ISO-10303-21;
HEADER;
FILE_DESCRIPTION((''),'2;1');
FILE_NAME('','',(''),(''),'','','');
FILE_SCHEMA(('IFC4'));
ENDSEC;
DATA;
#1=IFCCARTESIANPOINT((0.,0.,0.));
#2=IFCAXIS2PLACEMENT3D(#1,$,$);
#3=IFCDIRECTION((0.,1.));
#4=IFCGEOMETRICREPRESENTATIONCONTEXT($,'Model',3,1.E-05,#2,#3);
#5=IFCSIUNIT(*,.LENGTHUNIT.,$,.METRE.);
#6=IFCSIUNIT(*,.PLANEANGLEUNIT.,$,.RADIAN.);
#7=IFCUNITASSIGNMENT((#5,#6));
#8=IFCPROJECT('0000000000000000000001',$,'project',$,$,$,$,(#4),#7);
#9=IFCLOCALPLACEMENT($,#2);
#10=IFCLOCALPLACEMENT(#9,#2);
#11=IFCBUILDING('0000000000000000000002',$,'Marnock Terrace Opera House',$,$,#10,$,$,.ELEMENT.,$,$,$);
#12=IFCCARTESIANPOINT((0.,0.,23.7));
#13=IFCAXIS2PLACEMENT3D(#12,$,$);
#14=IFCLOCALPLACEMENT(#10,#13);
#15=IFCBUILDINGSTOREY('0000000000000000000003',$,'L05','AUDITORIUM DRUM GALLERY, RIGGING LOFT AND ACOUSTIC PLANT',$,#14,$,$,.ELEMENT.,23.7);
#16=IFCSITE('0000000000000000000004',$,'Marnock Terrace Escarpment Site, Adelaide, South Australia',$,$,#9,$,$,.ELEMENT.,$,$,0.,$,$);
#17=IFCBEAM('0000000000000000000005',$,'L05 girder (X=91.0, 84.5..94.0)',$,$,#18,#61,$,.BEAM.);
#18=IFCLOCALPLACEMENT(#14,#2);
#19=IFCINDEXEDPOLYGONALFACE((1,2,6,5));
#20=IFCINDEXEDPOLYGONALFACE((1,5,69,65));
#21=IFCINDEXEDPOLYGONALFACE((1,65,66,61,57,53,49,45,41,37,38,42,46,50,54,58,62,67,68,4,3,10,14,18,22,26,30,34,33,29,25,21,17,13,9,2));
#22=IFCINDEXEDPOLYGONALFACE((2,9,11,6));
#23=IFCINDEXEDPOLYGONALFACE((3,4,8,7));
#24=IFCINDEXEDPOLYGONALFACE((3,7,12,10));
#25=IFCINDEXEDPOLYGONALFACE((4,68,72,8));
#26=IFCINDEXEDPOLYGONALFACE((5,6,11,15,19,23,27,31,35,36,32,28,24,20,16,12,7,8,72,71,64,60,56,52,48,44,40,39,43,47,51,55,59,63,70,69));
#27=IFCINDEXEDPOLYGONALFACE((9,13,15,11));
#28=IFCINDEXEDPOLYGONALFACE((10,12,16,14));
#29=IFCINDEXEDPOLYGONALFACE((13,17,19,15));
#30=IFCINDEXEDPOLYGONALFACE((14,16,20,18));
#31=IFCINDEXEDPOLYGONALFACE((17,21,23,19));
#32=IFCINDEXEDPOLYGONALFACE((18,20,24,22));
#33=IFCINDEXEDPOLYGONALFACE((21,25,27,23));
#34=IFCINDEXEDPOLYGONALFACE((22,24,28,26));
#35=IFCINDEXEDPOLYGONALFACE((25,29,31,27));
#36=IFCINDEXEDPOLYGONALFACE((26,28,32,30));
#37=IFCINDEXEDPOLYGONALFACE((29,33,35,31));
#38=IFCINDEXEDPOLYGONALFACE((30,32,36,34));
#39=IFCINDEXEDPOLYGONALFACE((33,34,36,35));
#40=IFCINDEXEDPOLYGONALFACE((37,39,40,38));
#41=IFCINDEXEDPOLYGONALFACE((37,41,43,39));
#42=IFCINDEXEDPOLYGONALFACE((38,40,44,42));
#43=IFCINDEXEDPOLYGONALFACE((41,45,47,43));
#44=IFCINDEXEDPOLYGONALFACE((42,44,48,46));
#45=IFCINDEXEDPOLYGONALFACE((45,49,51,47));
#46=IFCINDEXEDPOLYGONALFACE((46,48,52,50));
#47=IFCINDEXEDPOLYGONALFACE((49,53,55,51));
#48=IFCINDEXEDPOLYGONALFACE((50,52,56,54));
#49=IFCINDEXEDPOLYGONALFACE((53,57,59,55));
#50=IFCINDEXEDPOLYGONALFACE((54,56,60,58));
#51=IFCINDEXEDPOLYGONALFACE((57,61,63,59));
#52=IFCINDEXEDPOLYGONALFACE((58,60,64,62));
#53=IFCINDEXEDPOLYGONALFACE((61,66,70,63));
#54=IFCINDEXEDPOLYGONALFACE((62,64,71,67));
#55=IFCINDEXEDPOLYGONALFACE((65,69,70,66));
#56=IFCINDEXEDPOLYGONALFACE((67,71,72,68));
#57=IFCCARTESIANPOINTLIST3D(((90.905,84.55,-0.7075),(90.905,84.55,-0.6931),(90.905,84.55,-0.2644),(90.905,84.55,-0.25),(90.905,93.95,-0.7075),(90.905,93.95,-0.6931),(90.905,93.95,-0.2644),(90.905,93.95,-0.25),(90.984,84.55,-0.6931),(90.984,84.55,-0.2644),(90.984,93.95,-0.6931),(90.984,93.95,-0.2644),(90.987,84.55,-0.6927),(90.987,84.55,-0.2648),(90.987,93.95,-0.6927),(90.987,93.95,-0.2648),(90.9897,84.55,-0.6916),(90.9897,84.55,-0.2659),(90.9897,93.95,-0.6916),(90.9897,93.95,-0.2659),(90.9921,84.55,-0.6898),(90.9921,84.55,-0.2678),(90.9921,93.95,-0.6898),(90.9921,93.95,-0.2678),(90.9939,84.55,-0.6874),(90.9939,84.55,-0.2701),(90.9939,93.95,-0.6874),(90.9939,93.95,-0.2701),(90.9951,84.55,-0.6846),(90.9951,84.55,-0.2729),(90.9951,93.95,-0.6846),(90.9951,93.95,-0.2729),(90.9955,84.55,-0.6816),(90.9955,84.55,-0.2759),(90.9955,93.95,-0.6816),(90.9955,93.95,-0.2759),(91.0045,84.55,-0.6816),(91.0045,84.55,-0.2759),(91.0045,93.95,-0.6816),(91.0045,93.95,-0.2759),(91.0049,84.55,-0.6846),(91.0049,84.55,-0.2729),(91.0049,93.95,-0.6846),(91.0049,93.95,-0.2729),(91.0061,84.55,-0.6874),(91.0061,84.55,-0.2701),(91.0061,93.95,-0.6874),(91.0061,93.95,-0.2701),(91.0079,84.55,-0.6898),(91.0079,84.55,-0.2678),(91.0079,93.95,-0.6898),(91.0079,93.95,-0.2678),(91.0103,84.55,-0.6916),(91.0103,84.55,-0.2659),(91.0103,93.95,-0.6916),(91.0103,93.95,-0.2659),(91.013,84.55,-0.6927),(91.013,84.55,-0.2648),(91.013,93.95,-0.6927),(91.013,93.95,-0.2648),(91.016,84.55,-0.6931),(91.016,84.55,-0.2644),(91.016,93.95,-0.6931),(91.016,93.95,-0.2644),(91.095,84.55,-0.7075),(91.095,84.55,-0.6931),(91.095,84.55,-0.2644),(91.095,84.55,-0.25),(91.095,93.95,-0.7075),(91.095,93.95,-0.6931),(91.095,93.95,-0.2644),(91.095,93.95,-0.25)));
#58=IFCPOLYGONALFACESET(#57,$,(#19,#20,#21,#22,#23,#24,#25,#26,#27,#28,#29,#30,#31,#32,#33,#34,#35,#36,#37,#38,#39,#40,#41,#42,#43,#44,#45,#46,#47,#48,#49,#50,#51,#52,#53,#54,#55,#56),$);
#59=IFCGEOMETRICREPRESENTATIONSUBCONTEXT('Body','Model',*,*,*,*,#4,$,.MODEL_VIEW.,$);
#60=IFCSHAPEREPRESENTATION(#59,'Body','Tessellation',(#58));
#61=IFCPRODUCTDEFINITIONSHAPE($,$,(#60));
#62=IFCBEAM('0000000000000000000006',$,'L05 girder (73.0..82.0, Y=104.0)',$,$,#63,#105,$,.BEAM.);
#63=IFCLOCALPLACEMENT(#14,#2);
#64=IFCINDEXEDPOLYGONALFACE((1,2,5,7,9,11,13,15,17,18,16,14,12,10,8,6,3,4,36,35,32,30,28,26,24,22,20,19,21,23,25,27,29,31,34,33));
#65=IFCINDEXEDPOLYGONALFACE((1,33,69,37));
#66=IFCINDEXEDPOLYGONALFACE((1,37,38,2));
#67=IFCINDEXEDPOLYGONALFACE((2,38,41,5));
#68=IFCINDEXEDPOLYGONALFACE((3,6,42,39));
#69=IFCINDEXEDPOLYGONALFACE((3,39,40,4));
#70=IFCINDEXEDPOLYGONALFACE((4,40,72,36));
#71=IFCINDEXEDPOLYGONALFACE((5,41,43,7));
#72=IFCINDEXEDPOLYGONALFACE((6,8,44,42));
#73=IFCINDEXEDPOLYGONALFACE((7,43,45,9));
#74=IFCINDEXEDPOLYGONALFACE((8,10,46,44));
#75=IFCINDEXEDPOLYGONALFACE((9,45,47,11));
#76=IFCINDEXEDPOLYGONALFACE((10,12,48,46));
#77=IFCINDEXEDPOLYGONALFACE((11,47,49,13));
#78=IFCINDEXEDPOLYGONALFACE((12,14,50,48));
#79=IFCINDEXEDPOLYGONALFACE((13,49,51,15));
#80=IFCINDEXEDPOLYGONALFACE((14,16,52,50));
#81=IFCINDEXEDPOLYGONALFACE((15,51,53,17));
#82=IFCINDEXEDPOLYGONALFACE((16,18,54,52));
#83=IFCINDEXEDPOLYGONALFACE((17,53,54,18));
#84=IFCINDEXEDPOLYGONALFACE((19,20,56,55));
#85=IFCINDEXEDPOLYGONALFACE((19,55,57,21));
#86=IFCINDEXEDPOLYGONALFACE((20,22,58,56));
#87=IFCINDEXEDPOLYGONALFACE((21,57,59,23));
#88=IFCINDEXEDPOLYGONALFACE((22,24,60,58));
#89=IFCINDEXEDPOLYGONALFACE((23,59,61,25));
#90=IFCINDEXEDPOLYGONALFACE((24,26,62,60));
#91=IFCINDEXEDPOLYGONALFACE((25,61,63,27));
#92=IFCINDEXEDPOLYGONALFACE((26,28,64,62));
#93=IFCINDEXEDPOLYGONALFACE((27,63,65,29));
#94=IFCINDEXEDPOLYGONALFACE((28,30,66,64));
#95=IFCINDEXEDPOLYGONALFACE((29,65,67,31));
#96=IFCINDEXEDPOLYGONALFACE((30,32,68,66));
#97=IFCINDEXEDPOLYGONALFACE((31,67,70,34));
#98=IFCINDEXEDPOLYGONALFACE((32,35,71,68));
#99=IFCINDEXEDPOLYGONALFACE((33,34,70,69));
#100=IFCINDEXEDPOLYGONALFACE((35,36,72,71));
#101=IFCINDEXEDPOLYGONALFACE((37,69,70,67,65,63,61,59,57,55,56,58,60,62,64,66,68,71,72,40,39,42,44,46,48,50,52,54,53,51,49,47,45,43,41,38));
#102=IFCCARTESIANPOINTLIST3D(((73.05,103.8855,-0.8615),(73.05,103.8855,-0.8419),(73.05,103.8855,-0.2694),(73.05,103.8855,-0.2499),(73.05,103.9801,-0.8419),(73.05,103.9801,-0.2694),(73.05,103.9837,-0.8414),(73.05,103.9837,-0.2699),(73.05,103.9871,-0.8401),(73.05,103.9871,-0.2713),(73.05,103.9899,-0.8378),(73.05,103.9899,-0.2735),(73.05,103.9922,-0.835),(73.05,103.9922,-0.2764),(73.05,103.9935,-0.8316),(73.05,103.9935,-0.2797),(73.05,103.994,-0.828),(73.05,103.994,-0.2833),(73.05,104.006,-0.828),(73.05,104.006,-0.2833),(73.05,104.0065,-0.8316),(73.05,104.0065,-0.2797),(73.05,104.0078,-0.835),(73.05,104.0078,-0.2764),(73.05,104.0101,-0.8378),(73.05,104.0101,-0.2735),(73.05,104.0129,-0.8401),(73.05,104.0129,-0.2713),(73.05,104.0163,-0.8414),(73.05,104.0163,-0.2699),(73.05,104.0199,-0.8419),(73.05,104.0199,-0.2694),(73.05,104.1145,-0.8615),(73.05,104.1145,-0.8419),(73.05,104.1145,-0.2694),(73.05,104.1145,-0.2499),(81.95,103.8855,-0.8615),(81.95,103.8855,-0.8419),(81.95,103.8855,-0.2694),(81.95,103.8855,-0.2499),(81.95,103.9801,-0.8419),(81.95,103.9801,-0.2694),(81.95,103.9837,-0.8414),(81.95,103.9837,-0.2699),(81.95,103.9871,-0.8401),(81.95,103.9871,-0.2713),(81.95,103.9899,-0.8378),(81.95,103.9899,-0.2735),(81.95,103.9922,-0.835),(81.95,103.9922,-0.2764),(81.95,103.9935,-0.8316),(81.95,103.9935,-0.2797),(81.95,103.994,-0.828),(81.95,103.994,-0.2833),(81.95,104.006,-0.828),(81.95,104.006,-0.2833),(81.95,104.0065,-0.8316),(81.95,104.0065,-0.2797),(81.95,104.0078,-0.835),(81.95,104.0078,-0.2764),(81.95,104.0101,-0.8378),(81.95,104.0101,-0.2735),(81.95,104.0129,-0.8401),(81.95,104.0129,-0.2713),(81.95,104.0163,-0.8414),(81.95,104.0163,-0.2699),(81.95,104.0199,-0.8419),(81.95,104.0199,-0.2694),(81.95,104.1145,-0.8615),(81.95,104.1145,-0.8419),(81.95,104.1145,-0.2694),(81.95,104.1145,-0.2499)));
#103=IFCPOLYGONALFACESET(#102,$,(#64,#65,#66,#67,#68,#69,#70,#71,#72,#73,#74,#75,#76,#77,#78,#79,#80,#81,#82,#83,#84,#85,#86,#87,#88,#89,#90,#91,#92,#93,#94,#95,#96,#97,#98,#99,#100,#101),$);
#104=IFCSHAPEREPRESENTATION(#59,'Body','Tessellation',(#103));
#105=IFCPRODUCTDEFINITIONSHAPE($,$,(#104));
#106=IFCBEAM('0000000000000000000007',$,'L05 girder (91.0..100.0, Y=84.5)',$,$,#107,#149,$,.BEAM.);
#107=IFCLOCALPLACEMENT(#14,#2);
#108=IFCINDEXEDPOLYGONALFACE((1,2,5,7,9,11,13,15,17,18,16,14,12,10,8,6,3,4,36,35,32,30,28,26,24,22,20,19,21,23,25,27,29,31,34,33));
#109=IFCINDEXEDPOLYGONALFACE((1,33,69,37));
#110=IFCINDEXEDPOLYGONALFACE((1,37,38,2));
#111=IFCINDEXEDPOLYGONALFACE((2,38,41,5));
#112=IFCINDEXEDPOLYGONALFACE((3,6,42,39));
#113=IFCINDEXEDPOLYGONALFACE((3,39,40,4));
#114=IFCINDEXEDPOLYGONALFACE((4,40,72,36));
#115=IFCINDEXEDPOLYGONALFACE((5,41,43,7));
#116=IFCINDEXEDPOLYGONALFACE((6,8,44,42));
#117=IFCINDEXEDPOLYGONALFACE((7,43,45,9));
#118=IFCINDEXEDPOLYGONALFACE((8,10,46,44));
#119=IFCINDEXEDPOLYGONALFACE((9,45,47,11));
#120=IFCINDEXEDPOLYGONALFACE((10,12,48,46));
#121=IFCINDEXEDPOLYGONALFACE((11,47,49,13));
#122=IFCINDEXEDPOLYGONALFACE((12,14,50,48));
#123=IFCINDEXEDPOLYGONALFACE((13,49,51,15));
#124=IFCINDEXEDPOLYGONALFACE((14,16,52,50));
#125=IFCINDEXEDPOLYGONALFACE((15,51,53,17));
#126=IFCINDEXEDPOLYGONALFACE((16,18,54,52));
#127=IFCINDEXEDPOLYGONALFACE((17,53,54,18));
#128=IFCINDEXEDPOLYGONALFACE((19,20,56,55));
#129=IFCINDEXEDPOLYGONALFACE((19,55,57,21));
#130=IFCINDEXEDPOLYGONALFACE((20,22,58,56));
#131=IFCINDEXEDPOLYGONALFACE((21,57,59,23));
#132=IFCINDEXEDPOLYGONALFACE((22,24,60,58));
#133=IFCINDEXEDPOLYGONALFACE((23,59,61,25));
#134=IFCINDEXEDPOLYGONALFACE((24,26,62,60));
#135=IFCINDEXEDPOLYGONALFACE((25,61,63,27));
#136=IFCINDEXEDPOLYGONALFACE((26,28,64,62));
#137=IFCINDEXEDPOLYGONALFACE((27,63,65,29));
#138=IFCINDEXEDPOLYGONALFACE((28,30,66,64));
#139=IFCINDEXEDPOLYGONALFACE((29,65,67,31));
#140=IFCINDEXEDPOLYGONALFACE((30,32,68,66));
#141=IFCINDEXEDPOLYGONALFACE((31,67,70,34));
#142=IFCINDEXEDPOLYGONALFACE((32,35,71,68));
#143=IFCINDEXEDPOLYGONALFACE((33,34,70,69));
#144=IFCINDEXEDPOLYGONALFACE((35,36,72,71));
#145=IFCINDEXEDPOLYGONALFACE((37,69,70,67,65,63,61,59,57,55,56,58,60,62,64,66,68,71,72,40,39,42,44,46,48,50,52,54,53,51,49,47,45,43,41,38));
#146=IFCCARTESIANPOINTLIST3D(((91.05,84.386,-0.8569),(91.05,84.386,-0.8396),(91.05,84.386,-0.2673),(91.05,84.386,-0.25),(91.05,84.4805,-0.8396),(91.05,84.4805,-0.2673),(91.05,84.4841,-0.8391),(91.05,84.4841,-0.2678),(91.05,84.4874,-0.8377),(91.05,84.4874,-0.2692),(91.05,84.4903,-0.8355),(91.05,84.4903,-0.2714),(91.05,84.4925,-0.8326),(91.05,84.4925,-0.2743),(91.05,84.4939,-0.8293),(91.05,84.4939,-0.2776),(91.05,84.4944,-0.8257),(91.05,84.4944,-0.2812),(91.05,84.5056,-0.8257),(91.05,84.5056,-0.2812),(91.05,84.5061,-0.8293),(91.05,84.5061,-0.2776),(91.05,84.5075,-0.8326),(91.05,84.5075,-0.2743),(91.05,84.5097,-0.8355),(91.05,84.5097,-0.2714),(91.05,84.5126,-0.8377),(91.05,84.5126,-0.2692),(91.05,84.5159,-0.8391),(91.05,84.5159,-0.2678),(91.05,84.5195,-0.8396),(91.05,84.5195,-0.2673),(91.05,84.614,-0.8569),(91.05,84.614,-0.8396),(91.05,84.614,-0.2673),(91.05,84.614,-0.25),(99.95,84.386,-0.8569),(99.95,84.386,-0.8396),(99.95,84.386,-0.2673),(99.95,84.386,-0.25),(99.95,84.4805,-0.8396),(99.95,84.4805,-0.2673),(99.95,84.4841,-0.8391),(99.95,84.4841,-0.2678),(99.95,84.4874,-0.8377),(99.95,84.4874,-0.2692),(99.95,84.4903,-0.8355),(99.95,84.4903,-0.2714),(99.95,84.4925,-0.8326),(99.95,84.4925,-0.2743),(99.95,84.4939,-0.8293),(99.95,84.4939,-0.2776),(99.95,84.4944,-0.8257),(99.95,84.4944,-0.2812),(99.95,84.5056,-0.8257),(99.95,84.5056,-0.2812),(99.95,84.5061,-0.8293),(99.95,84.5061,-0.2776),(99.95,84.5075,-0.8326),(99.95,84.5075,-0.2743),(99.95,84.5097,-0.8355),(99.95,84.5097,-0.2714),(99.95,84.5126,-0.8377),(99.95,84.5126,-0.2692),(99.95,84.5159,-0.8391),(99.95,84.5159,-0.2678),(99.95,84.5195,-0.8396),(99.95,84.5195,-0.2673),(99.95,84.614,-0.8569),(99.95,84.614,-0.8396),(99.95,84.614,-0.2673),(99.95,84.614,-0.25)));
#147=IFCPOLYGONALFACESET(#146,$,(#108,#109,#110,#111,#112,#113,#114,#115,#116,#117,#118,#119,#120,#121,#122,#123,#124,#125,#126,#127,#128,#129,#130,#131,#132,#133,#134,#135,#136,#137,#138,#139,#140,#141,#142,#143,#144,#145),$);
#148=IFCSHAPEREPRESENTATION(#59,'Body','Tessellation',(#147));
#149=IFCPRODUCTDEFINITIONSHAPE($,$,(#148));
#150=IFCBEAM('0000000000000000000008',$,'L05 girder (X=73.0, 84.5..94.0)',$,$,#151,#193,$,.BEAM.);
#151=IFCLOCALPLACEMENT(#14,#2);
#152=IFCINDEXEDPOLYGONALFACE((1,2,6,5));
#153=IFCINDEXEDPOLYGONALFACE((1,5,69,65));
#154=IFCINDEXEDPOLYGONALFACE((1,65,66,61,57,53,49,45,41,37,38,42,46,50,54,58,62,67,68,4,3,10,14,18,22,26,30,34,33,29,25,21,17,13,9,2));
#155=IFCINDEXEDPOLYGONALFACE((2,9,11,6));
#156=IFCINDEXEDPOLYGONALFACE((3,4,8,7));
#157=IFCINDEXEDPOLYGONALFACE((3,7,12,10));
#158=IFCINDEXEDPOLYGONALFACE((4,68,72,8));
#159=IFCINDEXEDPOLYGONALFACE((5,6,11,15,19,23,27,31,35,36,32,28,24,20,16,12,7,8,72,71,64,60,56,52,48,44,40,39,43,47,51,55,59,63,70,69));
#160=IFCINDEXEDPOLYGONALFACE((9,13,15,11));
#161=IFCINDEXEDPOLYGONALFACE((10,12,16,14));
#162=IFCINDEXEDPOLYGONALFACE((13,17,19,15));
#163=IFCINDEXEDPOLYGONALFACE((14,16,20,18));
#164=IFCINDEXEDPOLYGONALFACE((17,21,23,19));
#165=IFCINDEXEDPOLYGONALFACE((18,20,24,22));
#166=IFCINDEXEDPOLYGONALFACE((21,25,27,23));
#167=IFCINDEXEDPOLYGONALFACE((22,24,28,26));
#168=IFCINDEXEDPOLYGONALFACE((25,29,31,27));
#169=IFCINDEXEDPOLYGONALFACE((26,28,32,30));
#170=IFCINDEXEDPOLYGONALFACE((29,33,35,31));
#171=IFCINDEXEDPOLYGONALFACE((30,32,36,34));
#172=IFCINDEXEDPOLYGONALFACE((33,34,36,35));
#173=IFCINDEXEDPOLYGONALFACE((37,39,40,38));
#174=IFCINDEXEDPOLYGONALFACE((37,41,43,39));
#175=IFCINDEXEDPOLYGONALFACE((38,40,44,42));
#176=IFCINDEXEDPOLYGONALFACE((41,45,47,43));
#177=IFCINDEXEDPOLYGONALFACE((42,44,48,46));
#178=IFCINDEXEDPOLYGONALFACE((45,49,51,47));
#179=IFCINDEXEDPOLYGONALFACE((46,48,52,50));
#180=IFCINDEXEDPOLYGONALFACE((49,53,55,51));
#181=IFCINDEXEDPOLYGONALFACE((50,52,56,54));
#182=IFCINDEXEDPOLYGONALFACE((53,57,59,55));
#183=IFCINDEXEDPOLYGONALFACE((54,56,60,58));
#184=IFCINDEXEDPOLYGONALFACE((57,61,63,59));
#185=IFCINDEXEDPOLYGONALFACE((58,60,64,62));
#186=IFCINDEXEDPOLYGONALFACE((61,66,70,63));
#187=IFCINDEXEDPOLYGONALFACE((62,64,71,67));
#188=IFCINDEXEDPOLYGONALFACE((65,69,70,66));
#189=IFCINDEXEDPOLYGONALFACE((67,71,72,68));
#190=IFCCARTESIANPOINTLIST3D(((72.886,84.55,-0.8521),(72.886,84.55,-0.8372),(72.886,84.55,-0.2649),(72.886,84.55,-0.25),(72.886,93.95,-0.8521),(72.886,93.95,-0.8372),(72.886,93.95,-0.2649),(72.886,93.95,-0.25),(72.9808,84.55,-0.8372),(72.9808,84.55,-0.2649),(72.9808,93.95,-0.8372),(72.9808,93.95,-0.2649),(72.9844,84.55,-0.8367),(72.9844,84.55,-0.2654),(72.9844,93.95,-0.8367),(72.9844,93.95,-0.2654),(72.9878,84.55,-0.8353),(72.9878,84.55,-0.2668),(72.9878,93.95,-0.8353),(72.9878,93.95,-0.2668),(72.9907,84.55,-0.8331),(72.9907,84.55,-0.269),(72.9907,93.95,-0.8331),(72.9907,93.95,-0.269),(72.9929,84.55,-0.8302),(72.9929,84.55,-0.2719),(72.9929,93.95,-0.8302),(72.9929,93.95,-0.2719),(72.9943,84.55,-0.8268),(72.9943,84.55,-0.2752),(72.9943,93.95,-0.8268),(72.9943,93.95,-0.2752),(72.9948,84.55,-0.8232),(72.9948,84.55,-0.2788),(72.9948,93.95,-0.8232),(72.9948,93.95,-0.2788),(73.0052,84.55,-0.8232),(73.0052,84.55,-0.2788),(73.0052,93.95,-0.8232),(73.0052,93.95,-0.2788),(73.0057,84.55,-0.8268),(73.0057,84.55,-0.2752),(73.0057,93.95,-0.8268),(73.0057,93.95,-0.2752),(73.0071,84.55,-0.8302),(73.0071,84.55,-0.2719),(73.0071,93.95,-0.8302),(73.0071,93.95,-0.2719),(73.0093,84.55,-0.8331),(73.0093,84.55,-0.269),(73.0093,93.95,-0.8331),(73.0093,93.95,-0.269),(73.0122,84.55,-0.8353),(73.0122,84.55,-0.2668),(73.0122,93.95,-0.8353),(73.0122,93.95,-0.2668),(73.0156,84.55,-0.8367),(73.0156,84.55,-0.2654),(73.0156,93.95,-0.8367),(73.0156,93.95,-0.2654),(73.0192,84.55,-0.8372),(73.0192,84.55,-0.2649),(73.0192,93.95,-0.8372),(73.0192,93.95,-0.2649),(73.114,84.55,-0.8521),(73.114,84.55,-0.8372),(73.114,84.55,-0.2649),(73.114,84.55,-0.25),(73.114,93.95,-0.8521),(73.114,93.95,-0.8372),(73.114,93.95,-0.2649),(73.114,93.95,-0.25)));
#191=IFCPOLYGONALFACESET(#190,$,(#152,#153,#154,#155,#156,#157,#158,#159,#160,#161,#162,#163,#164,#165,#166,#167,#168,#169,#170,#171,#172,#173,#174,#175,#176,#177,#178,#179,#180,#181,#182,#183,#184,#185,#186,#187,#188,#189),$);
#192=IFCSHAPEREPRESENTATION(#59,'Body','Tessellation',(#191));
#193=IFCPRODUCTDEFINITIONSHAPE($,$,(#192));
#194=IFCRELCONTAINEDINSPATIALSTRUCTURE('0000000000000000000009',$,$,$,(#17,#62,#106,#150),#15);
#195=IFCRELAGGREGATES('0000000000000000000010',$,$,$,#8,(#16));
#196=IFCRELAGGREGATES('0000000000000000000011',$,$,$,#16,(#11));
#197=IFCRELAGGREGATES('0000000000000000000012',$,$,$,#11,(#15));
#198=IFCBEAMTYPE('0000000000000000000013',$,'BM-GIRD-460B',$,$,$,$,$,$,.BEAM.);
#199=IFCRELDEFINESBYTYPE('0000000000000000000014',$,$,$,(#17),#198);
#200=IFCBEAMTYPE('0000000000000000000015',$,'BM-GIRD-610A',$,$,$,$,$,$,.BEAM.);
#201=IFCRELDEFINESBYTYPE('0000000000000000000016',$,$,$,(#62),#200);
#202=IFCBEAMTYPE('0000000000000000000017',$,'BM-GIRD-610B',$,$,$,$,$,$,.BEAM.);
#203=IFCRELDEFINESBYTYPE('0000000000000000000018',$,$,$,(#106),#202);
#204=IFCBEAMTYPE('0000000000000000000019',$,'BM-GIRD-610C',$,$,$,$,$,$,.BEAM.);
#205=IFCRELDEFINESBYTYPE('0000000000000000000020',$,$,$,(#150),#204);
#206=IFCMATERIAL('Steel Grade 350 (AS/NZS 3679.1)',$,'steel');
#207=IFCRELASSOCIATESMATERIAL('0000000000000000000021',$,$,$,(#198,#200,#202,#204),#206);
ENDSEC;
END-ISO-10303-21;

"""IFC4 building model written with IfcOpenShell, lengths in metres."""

from ifc_helpers import new_model, si_unit, direction, frame, origin, origin_2d, place, context, subcontext, project, spatial, i_section, extrude, material, material_profile, profile_set, type_object, element, save


model = new_model("IFC4")

# Units and contexts
model_context = context("Model", 3, precision=1e-05, world=origin(), true_north=direction((0.0, 1.0)))
body_context = subcontext(model_context, "Body", "Model", "MODEL_VIEW")
ifc_project = project(units=[si_unit("LENGTHUNIT", "METRE"), si_unit("PLANEANGLEUNIT", "RADIAN")], contexts=[model_context])

# Site, building, storey
site_placement = place(None, origin())
site = spatial("IfcSite", under=ifc_project, at=site_placement, Name="Marnock Terrace Escarpment Site, Adelaide, South Australia", CompositionType="ELEMENT", RefElevation=0.0)
building_placement = place(site_placement, origin())
building = spatial("IfcBuilding", under=site, at=building_placement, Name="Marnock Terrace Opera House", CompositionType="ELEMENT")
storey_placement = place(building_placement, frame((0.0, 0.0, 23.7)))
storey = spatial("IfcBuildingStorey", under=building, at=storey_placement, Name="L05", Description="AUDITORIUM DRUM GALLERY, RIGGING LOFT AND ACOUSTIC PLANT", CompositionType="ELEMENT", Elevation=23.7)

# Beams
ifc_material_1 = material(Name="Steel Grade 350 (AS/NZS 3679.1)", Category="steel")
ifc_material_profile_1 = material_profile(ifc_material_1, i_section(OverallWidth=0.1899, OverallDepth=0.4575, WebThickness=0.009, FlangeThickness=0.0144, FilletRadius=0.0115, at=origin_2d()))
ifc_profile_set_1 = profile_set([ifc_material_profile_1], Name="Steel Grade 350 (AS/NZS 3679.1)")
beam_type_1 = type_object("IfcBeamType", Name="BM-GIRD-460B", PredefinedType="BEAM", material=ifc_profile_set_1)
beam_1_placement = place(storey_placement, frame((91.0, 84.55, -0.4788), z_axis=(0.0, 1.0, 0.0), x_axis=(-1.0, 0.0, 0.0)))
element("IfcBeam", 1, at=beam_1_placement, inside=storey, type_object=beam_type_1, Name="L05 girder (X=91.0, 84.5..94.0)", PredefinedType="BEAM", context=body_context, shape_type="SweptSolid", body=[
    extrude(i_section(OverallWidth=0.1899, OverallDepth=0.4575, WebThickness=0.009, FlangeThickness=0.0144, FilletRadius=0.0115, at=origin_2d()), origin(), (0.0, 0.0, 1.0), 9.3999),
])
ifc_material_profile_2 = material_profile(ifc_material_1, i_section(OverallWidth=0.229, OverallDepth=0.6116, WebThickness=0.012, FlangeThickness=0.0195, FilletRadius=0.0139, at=origin_2d()))
ifc_profile_set_2 = profile_set([ifc_material_profile_2], Name="Steel Grade 350 (AS/NZS 3679.1)")
beam_type_2 = type_object("IfcBeamType", Name="BM-GIRD-610A", PredefinedType="BEAM", material=ifc_profile_set_2)
beam_2_placement = place(storey_placement, frame((73.05, 104.0, -0.5557), z_axis=(1.0, 0.0, 0.0), x_axis=(0.0, 1.0, 0.0)))
element("IfcBeam", 2, at=beam_2_placement, inside=storey, type_object=beam_type_2, Name="L05 girder (73.0..82.0, Y=104.0)", PredefinedType="BEAM", context=body_context, shape_type="SweptSolid", body=[
    extrude(i_section(OverallWidth=0.229, OverallDepth=0.6116, WebThickness=0.012, FlangeThickness=0.0195, FilletRadius=0.0139, at=origin_2d()), origin(), (0.0, 0.0, 1.0), 8.8999),
])
ifc_material_profile_3 = material_profile(ifc_material_1, i_section(OverallWidth=0.228, OverallDepth=0.6069, WebThickness=0.0112, FlangeThickness=0.0173, FilletRadius=0.0139, at=origin_2d()))
ifc_profile_set_3 = profile_set([ifc_material_profile_3], Name="Steel Grade 350 (AS/NZS 3679.1)")
beam_type_3 = type_object("IfcBeamType", Name="BM-GIRD-610B", PredefinedType="BEAM", material=ifc_profile_set_3)
beam_3_placement = place(storey_placement, frame((91.05, 84.5, -0.5535), z_axis=(1.0, 0.0, 0.0), x_axis=(0.0, 1.0, 0.0)))
element("IfcBeam", 3, at=beam_3_placement, inside=storey, type_object=beam_type_3, Name="L05 girder (91.0..100.0, Y=84.5)", PredefinedType="BEAM", context=body_context, shape_type="SweptSolid", body=[
    extrude(i_section(OverallWidth=0.228, OverallDepth=0.6069, WebThickness=0.0112, FlangeThickness=0.0173, FilletRadius=0.0139, at=origin_2d()), origin(), (0.0, 0.0, 1.0), 8.8999),
])
ifc_material_profile_4 = material_profile(ifc_material_1, i_section(OverallWidth=0.228, OverallDepth=0.6021, WebThickness=0.0105, FlangeThickness=0.0149, FilletRadius=0.0139, at=origin_2d()))
ifc_profile_set_4 = profile_set([ifc_material_profile_4], Name="Steel Grade 350 (AS/NZS 3679.1)")
beam_type_4 = type_object("IfcBeamType", Name="BM-GIRD-610C", PredefinedType="BEAM", material=ifc_profile_set_4)
beam_4_placement = place(storey_placement, frame((73.0, 84.55, -0.551), z_axis=(0.0, 1.0, 0.0), x_axis=(-1.0, 0.0, 0.0)))
element("IfcBeam", 4, at=beam_4_placement, inside=storey, type_object=beam_type_4, Name="L05 girder (X=73.0, 84.5..94.0)", PredefinedType="BEAM", context=body_context, shape_type="SweptSolid", body=[
    extrude(i_section(OverallWidth=0.228, OverallDepth=0.6021, WebThickness=0.0105, FlangeThickness=0.0149, FilletRadius=0.0139, at=origin_2d()), origin(), (0.0, 0.0, 1.0), 9.3999),
])

save(model, "model.ifc")
